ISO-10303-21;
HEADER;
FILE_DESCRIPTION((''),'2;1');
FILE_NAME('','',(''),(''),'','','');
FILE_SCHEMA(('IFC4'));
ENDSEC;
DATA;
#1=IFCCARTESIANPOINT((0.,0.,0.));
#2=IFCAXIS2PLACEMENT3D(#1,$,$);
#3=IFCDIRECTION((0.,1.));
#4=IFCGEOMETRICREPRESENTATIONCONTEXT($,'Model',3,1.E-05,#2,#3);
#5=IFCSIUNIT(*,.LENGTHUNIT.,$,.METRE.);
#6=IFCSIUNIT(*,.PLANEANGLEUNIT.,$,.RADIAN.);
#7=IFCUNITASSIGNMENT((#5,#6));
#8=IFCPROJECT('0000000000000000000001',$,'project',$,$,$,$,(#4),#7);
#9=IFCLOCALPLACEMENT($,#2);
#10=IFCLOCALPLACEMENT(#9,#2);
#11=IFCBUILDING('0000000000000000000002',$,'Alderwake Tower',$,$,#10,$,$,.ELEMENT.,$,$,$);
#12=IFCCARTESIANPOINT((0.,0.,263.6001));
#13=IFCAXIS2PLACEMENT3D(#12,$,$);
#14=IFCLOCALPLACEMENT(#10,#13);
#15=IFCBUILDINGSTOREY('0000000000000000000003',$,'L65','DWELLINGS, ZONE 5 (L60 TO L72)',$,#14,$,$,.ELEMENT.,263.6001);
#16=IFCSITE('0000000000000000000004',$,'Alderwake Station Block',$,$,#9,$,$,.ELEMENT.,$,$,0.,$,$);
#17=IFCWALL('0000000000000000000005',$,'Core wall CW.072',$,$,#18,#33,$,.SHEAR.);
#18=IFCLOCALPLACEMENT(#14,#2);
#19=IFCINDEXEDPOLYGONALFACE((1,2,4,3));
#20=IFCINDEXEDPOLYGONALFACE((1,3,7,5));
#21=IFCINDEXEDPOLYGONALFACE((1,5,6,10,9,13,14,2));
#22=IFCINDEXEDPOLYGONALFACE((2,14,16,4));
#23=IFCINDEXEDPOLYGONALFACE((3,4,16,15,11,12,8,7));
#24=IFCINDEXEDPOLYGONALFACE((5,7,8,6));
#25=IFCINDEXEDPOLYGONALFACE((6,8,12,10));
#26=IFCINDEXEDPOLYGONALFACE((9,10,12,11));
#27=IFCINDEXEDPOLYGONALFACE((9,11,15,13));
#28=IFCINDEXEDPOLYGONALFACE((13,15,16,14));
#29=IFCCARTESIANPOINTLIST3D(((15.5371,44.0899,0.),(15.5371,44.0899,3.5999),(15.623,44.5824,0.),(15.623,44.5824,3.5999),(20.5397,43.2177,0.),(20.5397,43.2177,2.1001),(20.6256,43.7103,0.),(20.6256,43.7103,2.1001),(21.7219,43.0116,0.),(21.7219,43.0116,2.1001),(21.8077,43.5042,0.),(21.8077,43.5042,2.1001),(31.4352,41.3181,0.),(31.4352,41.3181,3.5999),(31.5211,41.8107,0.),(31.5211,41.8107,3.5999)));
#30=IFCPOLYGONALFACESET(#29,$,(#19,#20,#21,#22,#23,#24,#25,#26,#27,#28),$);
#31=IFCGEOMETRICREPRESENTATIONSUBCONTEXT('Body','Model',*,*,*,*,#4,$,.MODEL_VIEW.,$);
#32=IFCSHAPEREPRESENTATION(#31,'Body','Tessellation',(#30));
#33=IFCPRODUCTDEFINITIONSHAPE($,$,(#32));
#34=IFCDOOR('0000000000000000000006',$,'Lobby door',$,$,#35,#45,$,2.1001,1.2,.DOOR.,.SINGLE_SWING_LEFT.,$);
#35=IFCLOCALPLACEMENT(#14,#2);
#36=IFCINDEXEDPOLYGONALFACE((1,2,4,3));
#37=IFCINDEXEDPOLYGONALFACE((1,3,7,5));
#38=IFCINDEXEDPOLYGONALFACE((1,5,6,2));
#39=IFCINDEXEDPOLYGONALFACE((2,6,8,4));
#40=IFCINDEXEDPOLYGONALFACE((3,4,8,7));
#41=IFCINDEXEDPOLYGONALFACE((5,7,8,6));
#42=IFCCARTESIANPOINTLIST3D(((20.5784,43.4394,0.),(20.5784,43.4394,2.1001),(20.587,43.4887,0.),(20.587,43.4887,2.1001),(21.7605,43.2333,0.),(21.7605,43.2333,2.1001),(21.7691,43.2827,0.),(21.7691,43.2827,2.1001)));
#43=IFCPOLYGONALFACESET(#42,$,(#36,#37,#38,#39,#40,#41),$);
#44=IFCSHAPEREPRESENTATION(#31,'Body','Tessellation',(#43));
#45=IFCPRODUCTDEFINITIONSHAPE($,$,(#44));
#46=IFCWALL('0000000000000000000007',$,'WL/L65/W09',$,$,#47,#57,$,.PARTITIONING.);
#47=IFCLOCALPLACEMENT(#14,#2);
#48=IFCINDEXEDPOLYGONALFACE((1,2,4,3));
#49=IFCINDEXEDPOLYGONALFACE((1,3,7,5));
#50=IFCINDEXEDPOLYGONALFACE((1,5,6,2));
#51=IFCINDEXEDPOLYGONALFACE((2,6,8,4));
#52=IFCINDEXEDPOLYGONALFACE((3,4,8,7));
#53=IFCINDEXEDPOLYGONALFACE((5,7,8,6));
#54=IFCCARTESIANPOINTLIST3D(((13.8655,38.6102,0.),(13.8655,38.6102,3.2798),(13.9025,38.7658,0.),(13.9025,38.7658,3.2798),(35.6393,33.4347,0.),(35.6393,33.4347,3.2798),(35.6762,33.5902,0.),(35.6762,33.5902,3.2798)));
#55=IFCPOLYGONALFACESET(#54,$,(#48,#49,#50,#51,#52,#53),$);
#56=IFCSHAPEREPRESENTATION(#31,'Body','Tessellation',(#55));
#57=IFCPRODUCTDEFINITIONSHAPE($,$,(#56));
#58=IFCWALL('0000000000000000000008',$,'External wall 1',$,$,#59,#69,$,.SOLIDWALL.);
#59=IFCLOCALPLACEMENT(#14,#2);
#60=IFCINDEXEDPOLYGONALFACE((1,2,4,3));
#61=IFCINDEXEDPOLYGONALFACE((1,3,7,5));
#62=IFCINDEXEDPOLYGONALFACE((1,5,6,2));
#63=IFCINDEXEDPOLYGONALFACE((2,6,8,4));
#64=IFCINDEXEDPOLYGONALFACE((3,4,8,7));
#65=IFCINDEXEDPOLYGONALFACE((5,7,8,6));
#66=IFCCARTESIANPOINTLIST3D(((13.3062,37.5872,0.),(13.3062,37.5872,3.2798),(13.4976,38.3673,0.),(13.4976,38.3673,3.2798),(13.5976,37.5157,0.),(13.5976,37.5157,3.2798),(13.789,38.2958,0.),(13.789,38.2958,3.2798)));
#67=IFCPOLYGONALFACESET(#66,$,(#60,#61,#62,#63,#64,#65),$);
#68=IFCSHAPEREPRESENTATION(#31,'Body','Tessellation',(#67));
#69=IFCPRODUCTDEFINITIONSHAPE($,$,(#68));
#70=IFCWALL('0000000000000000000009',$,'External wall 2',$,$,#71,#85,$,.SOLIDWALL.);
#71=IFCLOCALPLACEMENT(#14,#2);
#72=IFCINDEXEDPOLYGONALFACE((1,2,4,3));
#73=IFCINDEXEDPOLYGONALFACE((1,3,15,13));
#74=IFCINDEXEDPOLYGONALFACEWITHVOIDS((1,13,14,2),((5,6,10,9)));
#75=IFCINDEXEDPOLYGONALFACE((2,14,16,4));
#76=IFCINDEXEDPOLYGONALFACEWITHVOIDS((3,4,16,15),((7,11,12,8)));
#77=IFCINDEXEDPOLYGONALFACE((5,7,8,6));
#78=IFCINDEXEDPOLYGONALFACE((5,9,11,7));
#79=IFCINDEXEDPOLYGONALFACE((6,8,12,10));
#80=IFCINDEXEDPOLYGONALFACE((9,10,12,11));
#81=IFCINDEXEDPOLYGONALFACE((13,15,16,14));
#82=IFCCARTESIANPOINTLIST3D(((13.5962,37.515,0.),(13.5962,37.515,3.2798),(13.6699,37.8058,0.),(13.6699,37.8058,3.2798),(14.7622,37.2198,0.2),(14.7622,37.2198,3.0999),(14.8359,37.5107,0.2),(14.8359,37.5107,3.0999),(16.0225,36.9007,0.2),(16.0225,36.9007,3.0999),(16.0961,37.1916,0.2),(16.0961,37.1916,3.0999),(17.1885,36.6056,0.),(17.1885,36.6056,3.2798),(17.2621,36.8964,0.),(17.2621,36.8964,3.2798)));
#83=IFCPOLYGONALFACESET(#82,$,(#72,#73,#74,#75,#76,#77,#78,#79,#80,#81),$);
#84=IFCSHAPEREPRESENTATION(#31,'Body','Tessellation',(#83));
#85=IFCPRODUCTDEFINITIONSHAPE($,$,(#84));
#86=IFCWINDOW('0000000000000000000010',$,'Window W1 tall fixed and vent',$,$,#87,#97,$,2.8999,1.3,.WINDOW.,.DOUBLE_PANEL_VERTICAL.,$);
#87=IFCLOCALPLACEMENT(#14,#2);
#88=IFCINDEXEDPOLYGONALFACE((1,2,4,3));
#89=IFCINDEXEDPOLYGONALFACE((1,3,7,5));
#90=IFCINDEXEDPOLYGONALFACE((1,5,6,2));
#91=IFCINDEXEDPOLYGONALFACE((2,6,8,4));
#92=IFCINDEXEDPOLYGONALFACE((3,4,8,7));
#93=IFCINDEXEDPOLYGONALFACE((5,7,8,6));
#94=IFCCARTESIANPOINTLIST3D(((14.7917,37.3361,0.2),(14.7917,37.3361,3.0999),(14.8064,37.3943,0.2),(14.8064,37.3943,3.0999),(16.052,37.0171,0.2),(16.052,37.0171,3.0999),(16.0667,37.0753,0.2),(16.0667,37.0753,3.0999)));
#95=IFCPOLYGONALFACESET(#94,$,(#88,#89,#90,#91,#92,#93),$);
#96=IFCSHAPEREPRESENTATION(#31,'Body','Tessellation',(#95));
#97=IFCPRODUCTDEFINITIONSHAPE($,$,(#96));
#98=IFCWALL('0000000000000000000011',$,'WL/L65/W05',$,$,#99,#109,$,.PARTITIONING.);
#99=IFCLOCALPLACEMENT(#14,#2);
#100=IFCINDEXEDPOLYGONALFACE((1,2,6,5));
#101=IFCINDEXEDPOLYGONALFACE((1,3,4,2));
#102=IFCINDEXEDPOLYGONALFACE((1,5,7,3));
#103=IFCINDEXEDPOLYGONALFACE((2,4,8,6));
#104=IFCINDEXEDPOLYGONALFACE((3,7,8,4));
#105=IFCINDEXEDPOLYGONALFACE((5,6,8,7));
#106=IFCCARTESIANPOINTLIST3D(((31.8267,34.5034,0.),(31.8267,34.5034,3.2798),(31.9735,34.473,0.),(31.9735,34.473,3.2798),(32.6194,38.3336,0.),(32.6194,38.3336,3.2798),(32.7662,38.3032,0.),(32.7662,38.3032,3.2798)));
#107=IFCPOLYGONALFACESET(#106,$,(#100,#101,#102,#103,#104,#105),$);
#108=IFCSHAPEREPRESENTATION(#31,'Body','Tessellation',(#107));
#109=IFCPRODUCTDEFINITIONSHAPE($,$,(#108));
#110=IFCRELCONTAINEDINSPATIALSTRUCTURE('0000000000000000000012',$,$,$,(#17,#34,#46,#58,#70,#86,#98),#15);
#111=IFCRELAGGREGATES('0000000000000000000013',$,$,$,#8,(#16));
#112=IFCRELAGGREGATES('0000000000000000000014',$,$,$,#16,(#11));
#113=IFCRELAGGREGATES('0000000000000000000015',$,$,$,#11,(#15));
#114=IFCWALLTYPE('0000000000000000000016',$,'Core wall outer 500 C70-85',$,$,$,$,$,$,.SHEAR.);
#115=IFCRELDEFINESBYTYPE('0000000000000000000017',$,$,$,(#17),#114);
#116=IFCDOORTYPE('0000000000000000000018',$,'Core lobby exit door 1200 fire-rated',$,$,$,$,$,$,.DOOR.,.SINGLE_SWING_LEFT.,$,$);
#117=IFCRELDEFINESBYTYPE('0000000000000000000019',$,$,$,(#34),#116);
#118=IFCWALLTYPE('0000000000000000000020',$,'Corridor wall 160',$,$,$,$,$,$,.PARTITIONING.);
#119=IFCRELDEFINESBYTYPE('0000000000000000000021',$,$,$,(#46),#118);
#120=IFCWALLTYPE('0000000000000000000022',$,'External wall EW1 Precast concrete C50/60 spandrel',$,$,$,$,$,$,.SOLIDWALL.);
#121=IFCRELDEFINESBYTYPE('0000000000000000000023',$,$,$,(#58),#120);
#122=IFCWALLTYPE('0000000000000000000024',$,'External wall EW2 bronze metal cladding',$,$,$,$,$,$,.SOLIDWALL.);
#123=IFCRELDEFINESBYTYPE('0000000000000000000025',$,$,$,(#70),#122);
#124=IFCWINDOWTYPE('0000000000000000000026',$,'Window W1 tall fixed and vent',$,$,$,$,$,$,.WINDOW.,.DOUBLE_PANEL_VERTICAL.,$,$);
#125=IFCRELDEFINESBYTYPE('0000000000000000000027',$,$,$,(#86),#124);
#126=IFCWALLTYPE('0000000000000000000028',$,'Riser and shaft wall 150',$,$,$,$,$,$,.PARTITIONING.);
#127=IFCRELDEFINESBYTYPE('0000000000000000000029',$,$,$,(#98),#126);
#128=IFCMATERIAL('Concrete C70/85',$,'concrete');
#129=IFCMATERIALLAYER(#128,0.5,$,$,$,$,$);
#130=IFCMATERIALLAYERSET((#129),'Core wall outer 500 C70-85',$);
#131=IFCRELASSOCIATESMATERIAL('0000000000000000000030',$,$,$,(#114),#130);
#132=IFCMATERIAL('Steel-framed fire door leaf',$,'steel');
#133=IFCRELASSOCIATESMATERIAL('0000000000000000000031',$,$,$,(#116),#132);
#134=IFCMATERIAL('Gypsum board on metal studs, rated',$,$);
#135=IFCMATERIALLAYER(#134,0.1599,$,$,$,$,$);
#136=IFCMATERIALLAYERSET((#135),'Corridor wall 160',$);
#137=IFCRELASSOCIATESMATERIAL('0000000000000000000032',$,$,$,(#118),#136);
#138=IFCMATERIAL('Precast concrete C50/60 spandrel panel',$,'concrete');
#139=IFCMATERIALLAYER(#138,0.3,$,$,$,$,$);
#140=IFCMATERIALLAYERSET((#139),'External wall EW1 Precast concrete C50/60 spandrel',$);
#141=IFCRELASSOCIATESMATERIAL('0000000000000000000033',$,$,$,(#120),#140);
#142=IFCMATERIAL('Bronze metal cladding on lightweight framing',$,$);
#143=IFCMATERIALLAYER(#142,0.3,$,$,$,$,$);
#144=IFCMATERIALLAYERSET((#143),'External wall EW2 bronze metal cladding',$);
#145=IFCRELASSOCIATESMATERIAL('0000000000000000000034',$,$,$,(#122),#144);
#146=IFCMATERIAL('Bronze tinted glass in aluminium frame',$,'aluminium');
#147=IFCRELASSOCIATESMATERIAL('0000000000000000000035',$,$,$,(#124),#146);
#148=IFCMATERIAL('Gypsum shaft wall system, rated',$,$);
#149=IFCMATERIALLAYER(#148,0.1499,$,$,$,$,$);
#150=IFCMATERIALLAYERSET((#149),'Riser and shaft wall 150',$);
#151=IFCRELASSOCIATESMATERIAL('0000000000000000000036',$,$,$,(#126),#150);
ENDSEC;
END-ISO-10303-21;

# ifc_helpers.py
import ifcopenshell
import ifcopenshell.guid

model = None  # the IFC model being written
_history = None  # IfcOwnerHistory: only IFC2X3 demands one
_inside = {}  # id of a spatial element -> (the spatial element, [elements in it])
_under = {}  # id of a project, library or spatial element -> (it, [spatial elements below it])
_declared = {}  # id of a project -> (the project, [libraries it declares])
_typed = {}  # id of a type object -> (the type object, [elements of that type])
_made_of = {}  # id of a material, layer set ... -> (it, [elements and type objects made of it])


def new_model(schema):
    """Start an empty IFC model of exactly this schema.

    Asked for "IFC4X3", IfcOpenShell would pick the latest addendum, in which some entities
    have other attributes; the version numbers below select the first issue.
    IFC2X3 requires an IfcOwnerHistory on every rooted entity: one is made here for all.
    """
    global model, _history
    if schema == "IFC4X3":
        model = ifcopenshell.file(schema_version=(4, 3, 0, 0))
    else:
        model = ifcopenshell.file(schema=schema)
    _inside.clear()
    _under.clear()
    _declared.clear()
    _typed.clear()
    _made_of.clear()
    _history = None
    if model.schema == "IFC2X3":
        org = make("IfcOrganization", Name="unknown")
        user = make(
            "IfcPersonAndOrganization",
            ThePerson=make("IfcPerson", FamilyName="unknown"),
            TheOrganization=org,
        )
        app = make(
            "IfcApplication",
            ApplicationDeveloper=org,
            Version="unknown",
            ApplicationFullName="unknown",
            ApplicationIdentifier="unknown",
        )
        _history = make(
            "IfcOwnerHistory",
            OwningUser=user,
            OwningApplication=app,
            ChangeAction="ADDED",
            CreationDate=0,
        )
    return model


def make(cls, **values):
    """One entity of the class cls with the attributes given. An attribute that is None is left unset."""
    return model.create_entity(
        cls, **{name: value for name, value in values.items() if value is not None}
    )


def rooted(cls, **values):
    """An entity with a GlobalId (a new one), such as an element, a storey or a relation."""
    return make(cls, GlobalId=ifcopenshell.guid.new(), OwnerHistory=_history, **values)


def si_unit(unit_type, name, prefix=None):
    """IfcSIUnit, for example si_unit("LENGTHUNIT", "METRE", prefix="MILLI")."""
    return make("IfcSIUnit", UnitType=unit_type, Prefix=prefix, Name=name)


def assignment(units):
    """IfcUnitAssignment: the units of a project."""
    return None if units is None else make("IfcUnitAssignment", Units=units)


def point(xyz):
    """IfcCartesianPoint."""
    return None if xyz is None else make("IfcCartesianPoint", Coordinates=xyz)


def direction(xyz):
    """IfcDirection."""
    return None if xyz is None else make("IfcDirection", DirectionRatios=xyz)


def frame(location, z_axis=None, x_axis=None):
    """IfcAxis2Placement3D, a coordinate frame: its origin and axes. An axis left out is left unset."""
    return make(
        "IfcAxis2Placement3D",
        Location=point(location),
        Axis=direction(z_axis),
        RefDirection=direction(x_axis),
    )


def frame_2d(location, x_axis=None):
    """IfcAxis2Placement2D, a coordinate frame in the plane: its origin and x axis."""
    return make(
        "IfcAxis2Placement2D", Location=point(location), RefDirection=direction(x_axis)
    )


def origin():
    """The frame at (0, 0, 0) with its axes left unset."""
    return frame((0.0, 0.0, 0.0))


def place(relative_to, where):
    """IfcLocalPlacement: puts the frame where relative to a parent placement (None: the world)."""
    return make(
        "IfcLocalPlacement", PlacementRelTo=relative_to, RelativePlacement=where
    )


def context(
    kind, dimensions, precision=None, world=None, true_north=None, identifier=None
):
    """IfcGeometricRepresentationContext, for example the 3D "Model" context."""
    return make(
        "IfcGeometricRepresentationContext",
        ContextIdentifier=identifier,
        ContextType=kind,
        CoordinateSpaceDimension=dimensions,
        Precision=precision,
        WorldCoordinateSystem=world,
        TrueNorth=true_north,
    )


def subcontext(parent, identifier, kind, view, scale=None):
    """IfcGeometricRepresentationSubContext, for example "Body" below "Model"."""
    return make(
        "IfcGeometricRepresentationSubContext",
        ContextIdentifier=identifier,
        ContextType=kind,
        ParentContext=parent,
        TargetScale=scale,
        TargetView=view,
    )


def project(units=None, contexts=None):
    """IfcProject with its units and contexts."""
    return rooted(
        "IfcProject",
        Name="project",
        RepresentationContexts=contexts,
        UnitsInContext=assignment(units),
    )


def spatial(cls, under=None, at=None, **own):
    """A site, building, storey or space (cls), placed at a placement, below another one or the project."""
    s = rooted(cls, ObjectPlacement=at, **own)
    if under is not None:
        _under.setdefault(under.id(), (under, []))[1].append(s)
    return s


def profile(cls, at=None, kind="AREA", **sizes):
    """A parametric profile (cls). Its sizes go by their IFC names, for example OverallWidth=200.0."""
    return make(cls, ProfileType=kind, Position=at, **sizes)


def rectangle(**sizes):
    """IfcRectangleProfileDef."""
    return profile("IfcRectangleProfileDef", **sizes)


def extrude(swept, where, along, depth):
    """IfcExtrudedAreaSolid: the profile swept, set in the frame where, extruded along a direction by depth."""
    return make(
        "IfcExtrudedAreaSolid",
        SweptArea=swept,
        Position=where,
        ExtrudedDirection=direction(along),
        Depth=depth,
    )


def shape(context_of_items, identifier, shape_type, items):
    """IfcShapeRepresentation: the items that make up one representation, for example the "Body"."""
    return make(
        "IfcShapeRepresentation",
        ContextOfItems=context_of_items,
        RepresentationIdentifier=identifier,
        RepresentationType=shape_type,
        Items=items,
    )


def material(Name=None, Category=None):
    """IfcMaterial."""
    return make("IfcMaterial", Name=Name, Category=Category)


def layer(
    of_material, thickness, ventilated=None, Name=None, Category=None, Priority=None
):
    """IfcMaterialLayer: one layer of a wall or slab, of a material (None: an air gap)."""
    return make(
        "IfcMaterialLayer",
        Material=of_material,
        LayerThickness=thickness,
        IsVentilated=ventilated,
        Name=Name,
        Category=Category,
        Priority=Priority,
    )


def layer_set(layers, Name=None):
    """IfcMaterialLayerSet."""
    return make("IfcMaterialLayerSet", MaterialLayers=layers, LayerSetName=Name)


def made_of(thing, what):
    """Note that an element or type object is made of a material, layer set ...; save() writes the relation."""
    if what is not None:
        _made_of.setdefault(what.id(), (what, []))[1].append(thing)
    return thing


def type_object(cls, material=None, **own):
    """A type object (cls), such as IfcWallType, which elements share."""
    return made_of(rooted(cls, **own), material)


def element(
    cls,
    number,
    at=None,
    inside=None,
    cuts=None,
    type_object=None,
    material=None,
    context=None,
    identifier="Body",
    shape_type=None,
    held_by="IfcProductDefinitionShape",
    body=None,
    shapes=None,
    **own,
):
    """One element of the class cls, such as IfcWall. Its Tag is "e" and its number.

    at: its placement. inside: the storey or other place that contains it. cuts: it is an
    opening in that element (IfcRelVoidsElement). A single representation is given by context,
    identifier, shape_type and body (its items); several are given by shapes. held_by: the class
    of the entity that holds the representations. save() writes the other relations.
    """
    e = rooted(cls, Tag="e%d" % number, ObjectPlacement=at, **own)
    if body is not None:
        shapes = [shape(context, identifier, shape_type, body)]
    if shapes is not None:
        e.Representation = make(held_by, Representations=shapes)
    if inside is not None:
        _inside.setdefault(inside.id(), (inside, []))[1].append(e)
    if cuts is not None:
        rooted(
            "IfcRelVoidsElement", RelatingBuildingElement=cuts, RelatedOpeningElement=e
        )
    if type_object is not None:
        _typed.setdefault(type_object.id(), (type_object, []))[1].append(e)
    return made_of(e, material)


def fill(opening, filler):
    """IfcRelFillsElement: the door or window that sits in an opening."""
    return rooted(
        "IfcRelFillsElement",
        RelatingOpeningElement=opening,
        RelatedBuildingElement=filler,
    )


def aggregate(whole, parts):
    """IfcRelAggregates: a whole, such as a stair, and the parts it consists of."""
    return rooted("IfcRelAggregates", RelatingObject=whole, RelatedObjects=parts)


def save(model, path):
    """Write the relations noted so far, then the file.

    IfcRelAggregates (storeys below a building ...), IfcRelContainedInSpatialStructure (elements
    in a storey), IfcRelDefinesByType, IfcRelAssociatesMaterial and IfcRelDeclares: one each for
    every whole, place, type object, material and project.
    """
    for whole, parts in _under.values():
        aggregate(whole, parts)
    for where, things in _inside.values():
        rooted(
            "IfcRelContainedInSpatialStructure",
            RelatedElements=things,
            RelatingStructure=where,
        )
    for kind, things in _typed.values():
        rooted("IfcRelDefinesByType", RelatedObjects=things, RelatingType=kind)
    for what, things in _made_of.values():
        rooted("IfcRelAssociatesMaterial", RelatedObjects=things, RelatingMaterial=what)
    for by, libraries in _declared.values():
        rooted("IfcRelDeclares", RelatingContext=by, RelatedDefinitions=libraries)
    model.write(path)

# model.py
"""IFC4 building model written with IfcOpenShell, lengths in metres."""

from ifc_helpers import new_model, si_unit, direction, frame, frame_2d, origin, place, context, subcontext, project, spatial, rectangle, extrude, material, layer, layer_set, type_object, element, fill, save


model = new_model("IFC4")

# Units and contexts
model_context = context("Model", 3, precision=1e-05, world=origin(), true_north=direction((0.0, 1.0)))
body_context = subcontext(model_context, "Body", "Model", "MODEL_VIEW")
ifc_project = project(units=[si_unit("LENGTHUNIT", "METRE"), si_unit("PLANEANGLEUNIT", "RADIAN")], contexts=[model_context])

# Site, building, storey
site_placement = place(None, origin())
site = spatial("IfcSite", under=ifc_project, at=site_placement, Name="Alderwake Station Block", CompositionType="ELEMENT", RefElevation=0.0)
building_placement = place(site_placement, origin())
building = spatial("IfcBuilding", under=site, at=building_placement, Name="Alderwake Tower", CompositionType="ELEMENT")
storey_placement = place(building_placement, frame((0.0, 0.0, 263.6001)))
storey = spatial("IfcBuildingStorey", under=building, at=storey_placement, Name="L65", Description="DWELLINGS, ZONE 5 (L60 TO L72)", CompositionType="ELEMENT", Elevation=263.6001)

# Wall, opening, door
ifc_material_1 = material(Name="Concrete C70/85", Category="concrete")
ifc_layer_1 = layer(ifc_material_1, 0.5)
ifc_layer_set_1 = layer_set([ifc_layer_1], Name="Core wall outer 500 C70-85")
wall_type_1 = type_object("IfcWallType", Name="Core wall outer 500 C70-85", PredefinedType="SHEAR", material=ifc_layer_set_1)
wall_1_placement = place(storey_placement, frame((31.478, 41.5645, 0.0), z_axis=(0.0, 0.0, 1.0), x_axis=(-0.98514, 0.171752, 0.0)))
wall_1 = element("IfcWall", 1, at=wall_1_placement, inside=storey, type_object=wall_type_1, Name="Core wall CW.072", PredefinedType="SHEAR", context=body_context, shape_type="SweptSolid", body=[
    extrude(rectangle(XDim=16.1379, YDim=0.5, at=frame_2d((8.0688, 0.0))), origin(), (0.0, 0.0, 1.0), 3.5999),
])
opening_1_placement = place(wall_1_placement, frame((9.8596, 0.0, 0.0)))
opening_1 = element("IfcOpeningElement", 2, at=opening_1_placement, cuts=wall_1, PredefinedType="OPENING", context=body_context, shape_type="SweptSolid", body=[
    extrude(rectangle(XDim=1.2, YDim=2.1001, at=frame_2d((0.6001, 1.05))), frame((0.0, 0.26, 0.0), z_axis=(0.0, -1.0, 0.0), x_axis=(1.0, 0.0, 0.0)), (0.0, 0.0, 1.0), 0.52),
])
ifc_material_2 = material(Name="Steel-framed fire door leaf", Category="steel")
door_type_1 = type_object("IfcDoorType", Name="Core lobby exit door 1200 fire-rated", OperationType="SINGLE_SWING_LEFT", PredefinedType="DOOR", material=ifc_material_2)
door_1_placement = place(opening_1_placement, origin())
door_1 = element("IfcDoor", 3, at=door_1_placement, inside=storey, type_object=door_type_1, Name="Lobby door", OperationType="SINGLE_SWING_LEFT", OverallHeight=2.1001, OverallWidth=1.2, PredefinedType="DOOR", context=body_context, shape_type="SweptSolid", body=[
    extrude(rectangle(XDim=1.2, YDim=2.1001, at=frame_2d((0.6001, 1.05))), frame((0.0, 0.0249, 0.0), z_axis=(0.0, -1.0, 0.0), x_axis=(1.0, 0.0, 0.0)), (0.0, 0.0, 1.0), 0.05),
])
fill(opening_1, door_1)

# Walls
ifc_material_3 = material(Name="Gypsum board on metal studs, rated")
ifc_layer_2 = layer(ifc_material_3, 0.1599)
ifc_layer_set_2 = layer_set([ifc_layer_2], Name="Corridor wall 160")
wall_type_2 = type_object("IfcWallType", Name="Corridor wall 160", PredefinedType="PARTITIONING", material=ifc_layer_set_2)
wall_2_placement = place(storey_placement, frame((13.884, 38.688, 0.0), z_axis=(0.0, 0.0, 1.0), x_axis=(0.972893, -0.231254, 0.0)))
element("IfcWall", 4, at=wall_2_placement, inside=storey, type_object=wall_type_2, Name="WL/L65/W09", PredefinedType="PARTITIONING", context=body_context, shape_type="SweptSolid", body=[
    extrude(rectangle(XDim=22.3804, YDim=0.1599, at=frame_2d((11.1902, 0.0))), origin(), (0.0, 0.0, 1.0), 3.2798),
])
ifc_material_4 = material(Name="Precast concrete C50/60 spandrel panel", Category="concrete")
ifc_layer_3 = layer(ifc_material_4, 0.3)
ifc_layer_set_3 = layer_set([ifc_layer_3], Name="External wall EW1 Precast concrete C50/60 spandrel")
wall_type_3 = type_object("IfcWallType", Name="External wall EW1 Precast concrete C50/60 spandrel", PredefinedType="SOLIDWALL", material=ifc_layer_set_3)
wall_3_placement = place(storey_placement, frame((13.6433, 38.3315, 0.0), z_axis=(0.0, 0.0, 1.0), x_axis=(-0.238313, -0.971188, 0.0)))
element("IfcWall", 5, at=wall_3_placement, inside=storey, type_object=wall_type_3, Name="External wall 1", PredefinedType="SOLIDWALL", context=body_context, shape_type="SweptSolid", body=[
    extrude(rectangle(XDim=0.8032, YDim=0.3, at=frame_2d((0.4016, 0.0))), origin(), (0.0, 0.0, 1.0), 3.2798),
])

# Wall, opening, window
ifc_material_5 = material(Name="Bronze metal cladding on lightweight framing")
ifc_layer_4 = layer(ifc_material_5, 0.3)
ifc_layer_set_4 = layer_set([ifc_layer_4], Name="External wall EW2 bronze metal cladding")
wall_type_4 = type_object("IfcWallType", Name="External wall EW2 bronze metal cladding", PredefinedType="SOLIDWALL", material=ifc_layer_set_4)
wall_4_placement = place(storey_placement, frame((13.6331, 37.6604, 0.0), z_axis=(0.0, 0.0, 1.0), x_axis=(0.969417, -0.245418, 0.0)))
wall_4 = element("IfcWall", 6, at=wall_4_placement, inside=storey, type_object=wall_type_4, Name="External wall 2", PredefinedType="SOLIDWALL", context=body_context, shape_type="SweptSolid", body=[
    extrude(rectangle(XDim=3.7056, YDim=0.3, at=frame_2d((1.8528, 0.0))), origin(), (0.0, 0.0, 1.0), 3.2798),
])
opening_2_placement = place(wall_4_placement, frame((1.2029, 0.0, 0.2)))
opening_2 = element("IfcOpeningElement", 7, at=opening_2_placement, cuts=wall_4, PredefinedType="OPENING", context=body_context, shape_type="SweptSolid", body=[
    extrude(rectangle(XDim=1.3, YDim=2.8999, at=frame_2d((0.6499, 1.45))), frame((0.0, 0.1599, 0.0), z_axis=(0.0, -1.0, 0.0), x_axis=(1.0, 0.0, 0.0)), (0.0, 0.0, 1.0), 0.3201),
])
ifc_material_6 = material(Name="Bronze tinted glass in aluminium frame", Category="aluminium")
window_type = type_object("IfcWindowType", Name="Window W1 tall fixed and vent", PartitioningType="DOUBLE_PANEL_VERTICAL", PredefinedType="WINDOW", material=ifc_material_6)
window_1_placement = place(opening_2_placement, origin())
window_1 = element("IfcWindow", 8, at=window_1_placement, inside=storey, type_object=window_type, Name="Window W1 tall fixed and vent", OverallHeight=2.8999, OverallWidth=1.3, PartitioningType="DOUBLE_PANEL_VERTICAL", PredefinedType="WINDOW", context=body_context, shape_type="SweptSolid", body=[
    extrude(rectangle(XDim=1.3, YDim=2.8999, at=frame_2d((0.6499, 1.45))), frame((0.0, 0.03, 0.0), z_axis=(0.0, -1.0, 0.0), x_axis=(1.0, 0.0, 0.0)), (0.0, 0.0, 1.0), 0.0601),
])
fill(opening_2, window_1)

# Wall
ifc_material_7 = material(Name="Gypsum shaft wall system, rated")
ifc_layer_5 = layer(ifc_material_7, 0.1499)
ifc_layer_set_5 = layer_set([ifc_layer_5], Name="Riser and shaft wall 150")
wall_type_5 = type_object("IfcWallType", Name="Riser and shaft wall 150", PredefinedType="PARTITIONING", material=ifc_layer_set_5)
wall_5_placement = place(storey_placement, frame((31.9001, 34.4883, 0.0), z_axis=(0.0, 0.0, 1.0), x_axis=(0.202665, 0.979248, 0.0)))
element("IfcWall", 9, at=wall_5_placement, inside=storey, type_object=wall_type_5, Name="WL/L65/W05", PredefinedType="PARTITIONING", context=body_context, shape_type="SweptSolid", body=[
    extrude(rectangle(XDim=3.9114, YDim=0.1499, at=frame_2d((1.9556, 0.0))), origin(), (0.0, 0.0, 1.0), 3.2798),
])

save(model, "model.ifc")
